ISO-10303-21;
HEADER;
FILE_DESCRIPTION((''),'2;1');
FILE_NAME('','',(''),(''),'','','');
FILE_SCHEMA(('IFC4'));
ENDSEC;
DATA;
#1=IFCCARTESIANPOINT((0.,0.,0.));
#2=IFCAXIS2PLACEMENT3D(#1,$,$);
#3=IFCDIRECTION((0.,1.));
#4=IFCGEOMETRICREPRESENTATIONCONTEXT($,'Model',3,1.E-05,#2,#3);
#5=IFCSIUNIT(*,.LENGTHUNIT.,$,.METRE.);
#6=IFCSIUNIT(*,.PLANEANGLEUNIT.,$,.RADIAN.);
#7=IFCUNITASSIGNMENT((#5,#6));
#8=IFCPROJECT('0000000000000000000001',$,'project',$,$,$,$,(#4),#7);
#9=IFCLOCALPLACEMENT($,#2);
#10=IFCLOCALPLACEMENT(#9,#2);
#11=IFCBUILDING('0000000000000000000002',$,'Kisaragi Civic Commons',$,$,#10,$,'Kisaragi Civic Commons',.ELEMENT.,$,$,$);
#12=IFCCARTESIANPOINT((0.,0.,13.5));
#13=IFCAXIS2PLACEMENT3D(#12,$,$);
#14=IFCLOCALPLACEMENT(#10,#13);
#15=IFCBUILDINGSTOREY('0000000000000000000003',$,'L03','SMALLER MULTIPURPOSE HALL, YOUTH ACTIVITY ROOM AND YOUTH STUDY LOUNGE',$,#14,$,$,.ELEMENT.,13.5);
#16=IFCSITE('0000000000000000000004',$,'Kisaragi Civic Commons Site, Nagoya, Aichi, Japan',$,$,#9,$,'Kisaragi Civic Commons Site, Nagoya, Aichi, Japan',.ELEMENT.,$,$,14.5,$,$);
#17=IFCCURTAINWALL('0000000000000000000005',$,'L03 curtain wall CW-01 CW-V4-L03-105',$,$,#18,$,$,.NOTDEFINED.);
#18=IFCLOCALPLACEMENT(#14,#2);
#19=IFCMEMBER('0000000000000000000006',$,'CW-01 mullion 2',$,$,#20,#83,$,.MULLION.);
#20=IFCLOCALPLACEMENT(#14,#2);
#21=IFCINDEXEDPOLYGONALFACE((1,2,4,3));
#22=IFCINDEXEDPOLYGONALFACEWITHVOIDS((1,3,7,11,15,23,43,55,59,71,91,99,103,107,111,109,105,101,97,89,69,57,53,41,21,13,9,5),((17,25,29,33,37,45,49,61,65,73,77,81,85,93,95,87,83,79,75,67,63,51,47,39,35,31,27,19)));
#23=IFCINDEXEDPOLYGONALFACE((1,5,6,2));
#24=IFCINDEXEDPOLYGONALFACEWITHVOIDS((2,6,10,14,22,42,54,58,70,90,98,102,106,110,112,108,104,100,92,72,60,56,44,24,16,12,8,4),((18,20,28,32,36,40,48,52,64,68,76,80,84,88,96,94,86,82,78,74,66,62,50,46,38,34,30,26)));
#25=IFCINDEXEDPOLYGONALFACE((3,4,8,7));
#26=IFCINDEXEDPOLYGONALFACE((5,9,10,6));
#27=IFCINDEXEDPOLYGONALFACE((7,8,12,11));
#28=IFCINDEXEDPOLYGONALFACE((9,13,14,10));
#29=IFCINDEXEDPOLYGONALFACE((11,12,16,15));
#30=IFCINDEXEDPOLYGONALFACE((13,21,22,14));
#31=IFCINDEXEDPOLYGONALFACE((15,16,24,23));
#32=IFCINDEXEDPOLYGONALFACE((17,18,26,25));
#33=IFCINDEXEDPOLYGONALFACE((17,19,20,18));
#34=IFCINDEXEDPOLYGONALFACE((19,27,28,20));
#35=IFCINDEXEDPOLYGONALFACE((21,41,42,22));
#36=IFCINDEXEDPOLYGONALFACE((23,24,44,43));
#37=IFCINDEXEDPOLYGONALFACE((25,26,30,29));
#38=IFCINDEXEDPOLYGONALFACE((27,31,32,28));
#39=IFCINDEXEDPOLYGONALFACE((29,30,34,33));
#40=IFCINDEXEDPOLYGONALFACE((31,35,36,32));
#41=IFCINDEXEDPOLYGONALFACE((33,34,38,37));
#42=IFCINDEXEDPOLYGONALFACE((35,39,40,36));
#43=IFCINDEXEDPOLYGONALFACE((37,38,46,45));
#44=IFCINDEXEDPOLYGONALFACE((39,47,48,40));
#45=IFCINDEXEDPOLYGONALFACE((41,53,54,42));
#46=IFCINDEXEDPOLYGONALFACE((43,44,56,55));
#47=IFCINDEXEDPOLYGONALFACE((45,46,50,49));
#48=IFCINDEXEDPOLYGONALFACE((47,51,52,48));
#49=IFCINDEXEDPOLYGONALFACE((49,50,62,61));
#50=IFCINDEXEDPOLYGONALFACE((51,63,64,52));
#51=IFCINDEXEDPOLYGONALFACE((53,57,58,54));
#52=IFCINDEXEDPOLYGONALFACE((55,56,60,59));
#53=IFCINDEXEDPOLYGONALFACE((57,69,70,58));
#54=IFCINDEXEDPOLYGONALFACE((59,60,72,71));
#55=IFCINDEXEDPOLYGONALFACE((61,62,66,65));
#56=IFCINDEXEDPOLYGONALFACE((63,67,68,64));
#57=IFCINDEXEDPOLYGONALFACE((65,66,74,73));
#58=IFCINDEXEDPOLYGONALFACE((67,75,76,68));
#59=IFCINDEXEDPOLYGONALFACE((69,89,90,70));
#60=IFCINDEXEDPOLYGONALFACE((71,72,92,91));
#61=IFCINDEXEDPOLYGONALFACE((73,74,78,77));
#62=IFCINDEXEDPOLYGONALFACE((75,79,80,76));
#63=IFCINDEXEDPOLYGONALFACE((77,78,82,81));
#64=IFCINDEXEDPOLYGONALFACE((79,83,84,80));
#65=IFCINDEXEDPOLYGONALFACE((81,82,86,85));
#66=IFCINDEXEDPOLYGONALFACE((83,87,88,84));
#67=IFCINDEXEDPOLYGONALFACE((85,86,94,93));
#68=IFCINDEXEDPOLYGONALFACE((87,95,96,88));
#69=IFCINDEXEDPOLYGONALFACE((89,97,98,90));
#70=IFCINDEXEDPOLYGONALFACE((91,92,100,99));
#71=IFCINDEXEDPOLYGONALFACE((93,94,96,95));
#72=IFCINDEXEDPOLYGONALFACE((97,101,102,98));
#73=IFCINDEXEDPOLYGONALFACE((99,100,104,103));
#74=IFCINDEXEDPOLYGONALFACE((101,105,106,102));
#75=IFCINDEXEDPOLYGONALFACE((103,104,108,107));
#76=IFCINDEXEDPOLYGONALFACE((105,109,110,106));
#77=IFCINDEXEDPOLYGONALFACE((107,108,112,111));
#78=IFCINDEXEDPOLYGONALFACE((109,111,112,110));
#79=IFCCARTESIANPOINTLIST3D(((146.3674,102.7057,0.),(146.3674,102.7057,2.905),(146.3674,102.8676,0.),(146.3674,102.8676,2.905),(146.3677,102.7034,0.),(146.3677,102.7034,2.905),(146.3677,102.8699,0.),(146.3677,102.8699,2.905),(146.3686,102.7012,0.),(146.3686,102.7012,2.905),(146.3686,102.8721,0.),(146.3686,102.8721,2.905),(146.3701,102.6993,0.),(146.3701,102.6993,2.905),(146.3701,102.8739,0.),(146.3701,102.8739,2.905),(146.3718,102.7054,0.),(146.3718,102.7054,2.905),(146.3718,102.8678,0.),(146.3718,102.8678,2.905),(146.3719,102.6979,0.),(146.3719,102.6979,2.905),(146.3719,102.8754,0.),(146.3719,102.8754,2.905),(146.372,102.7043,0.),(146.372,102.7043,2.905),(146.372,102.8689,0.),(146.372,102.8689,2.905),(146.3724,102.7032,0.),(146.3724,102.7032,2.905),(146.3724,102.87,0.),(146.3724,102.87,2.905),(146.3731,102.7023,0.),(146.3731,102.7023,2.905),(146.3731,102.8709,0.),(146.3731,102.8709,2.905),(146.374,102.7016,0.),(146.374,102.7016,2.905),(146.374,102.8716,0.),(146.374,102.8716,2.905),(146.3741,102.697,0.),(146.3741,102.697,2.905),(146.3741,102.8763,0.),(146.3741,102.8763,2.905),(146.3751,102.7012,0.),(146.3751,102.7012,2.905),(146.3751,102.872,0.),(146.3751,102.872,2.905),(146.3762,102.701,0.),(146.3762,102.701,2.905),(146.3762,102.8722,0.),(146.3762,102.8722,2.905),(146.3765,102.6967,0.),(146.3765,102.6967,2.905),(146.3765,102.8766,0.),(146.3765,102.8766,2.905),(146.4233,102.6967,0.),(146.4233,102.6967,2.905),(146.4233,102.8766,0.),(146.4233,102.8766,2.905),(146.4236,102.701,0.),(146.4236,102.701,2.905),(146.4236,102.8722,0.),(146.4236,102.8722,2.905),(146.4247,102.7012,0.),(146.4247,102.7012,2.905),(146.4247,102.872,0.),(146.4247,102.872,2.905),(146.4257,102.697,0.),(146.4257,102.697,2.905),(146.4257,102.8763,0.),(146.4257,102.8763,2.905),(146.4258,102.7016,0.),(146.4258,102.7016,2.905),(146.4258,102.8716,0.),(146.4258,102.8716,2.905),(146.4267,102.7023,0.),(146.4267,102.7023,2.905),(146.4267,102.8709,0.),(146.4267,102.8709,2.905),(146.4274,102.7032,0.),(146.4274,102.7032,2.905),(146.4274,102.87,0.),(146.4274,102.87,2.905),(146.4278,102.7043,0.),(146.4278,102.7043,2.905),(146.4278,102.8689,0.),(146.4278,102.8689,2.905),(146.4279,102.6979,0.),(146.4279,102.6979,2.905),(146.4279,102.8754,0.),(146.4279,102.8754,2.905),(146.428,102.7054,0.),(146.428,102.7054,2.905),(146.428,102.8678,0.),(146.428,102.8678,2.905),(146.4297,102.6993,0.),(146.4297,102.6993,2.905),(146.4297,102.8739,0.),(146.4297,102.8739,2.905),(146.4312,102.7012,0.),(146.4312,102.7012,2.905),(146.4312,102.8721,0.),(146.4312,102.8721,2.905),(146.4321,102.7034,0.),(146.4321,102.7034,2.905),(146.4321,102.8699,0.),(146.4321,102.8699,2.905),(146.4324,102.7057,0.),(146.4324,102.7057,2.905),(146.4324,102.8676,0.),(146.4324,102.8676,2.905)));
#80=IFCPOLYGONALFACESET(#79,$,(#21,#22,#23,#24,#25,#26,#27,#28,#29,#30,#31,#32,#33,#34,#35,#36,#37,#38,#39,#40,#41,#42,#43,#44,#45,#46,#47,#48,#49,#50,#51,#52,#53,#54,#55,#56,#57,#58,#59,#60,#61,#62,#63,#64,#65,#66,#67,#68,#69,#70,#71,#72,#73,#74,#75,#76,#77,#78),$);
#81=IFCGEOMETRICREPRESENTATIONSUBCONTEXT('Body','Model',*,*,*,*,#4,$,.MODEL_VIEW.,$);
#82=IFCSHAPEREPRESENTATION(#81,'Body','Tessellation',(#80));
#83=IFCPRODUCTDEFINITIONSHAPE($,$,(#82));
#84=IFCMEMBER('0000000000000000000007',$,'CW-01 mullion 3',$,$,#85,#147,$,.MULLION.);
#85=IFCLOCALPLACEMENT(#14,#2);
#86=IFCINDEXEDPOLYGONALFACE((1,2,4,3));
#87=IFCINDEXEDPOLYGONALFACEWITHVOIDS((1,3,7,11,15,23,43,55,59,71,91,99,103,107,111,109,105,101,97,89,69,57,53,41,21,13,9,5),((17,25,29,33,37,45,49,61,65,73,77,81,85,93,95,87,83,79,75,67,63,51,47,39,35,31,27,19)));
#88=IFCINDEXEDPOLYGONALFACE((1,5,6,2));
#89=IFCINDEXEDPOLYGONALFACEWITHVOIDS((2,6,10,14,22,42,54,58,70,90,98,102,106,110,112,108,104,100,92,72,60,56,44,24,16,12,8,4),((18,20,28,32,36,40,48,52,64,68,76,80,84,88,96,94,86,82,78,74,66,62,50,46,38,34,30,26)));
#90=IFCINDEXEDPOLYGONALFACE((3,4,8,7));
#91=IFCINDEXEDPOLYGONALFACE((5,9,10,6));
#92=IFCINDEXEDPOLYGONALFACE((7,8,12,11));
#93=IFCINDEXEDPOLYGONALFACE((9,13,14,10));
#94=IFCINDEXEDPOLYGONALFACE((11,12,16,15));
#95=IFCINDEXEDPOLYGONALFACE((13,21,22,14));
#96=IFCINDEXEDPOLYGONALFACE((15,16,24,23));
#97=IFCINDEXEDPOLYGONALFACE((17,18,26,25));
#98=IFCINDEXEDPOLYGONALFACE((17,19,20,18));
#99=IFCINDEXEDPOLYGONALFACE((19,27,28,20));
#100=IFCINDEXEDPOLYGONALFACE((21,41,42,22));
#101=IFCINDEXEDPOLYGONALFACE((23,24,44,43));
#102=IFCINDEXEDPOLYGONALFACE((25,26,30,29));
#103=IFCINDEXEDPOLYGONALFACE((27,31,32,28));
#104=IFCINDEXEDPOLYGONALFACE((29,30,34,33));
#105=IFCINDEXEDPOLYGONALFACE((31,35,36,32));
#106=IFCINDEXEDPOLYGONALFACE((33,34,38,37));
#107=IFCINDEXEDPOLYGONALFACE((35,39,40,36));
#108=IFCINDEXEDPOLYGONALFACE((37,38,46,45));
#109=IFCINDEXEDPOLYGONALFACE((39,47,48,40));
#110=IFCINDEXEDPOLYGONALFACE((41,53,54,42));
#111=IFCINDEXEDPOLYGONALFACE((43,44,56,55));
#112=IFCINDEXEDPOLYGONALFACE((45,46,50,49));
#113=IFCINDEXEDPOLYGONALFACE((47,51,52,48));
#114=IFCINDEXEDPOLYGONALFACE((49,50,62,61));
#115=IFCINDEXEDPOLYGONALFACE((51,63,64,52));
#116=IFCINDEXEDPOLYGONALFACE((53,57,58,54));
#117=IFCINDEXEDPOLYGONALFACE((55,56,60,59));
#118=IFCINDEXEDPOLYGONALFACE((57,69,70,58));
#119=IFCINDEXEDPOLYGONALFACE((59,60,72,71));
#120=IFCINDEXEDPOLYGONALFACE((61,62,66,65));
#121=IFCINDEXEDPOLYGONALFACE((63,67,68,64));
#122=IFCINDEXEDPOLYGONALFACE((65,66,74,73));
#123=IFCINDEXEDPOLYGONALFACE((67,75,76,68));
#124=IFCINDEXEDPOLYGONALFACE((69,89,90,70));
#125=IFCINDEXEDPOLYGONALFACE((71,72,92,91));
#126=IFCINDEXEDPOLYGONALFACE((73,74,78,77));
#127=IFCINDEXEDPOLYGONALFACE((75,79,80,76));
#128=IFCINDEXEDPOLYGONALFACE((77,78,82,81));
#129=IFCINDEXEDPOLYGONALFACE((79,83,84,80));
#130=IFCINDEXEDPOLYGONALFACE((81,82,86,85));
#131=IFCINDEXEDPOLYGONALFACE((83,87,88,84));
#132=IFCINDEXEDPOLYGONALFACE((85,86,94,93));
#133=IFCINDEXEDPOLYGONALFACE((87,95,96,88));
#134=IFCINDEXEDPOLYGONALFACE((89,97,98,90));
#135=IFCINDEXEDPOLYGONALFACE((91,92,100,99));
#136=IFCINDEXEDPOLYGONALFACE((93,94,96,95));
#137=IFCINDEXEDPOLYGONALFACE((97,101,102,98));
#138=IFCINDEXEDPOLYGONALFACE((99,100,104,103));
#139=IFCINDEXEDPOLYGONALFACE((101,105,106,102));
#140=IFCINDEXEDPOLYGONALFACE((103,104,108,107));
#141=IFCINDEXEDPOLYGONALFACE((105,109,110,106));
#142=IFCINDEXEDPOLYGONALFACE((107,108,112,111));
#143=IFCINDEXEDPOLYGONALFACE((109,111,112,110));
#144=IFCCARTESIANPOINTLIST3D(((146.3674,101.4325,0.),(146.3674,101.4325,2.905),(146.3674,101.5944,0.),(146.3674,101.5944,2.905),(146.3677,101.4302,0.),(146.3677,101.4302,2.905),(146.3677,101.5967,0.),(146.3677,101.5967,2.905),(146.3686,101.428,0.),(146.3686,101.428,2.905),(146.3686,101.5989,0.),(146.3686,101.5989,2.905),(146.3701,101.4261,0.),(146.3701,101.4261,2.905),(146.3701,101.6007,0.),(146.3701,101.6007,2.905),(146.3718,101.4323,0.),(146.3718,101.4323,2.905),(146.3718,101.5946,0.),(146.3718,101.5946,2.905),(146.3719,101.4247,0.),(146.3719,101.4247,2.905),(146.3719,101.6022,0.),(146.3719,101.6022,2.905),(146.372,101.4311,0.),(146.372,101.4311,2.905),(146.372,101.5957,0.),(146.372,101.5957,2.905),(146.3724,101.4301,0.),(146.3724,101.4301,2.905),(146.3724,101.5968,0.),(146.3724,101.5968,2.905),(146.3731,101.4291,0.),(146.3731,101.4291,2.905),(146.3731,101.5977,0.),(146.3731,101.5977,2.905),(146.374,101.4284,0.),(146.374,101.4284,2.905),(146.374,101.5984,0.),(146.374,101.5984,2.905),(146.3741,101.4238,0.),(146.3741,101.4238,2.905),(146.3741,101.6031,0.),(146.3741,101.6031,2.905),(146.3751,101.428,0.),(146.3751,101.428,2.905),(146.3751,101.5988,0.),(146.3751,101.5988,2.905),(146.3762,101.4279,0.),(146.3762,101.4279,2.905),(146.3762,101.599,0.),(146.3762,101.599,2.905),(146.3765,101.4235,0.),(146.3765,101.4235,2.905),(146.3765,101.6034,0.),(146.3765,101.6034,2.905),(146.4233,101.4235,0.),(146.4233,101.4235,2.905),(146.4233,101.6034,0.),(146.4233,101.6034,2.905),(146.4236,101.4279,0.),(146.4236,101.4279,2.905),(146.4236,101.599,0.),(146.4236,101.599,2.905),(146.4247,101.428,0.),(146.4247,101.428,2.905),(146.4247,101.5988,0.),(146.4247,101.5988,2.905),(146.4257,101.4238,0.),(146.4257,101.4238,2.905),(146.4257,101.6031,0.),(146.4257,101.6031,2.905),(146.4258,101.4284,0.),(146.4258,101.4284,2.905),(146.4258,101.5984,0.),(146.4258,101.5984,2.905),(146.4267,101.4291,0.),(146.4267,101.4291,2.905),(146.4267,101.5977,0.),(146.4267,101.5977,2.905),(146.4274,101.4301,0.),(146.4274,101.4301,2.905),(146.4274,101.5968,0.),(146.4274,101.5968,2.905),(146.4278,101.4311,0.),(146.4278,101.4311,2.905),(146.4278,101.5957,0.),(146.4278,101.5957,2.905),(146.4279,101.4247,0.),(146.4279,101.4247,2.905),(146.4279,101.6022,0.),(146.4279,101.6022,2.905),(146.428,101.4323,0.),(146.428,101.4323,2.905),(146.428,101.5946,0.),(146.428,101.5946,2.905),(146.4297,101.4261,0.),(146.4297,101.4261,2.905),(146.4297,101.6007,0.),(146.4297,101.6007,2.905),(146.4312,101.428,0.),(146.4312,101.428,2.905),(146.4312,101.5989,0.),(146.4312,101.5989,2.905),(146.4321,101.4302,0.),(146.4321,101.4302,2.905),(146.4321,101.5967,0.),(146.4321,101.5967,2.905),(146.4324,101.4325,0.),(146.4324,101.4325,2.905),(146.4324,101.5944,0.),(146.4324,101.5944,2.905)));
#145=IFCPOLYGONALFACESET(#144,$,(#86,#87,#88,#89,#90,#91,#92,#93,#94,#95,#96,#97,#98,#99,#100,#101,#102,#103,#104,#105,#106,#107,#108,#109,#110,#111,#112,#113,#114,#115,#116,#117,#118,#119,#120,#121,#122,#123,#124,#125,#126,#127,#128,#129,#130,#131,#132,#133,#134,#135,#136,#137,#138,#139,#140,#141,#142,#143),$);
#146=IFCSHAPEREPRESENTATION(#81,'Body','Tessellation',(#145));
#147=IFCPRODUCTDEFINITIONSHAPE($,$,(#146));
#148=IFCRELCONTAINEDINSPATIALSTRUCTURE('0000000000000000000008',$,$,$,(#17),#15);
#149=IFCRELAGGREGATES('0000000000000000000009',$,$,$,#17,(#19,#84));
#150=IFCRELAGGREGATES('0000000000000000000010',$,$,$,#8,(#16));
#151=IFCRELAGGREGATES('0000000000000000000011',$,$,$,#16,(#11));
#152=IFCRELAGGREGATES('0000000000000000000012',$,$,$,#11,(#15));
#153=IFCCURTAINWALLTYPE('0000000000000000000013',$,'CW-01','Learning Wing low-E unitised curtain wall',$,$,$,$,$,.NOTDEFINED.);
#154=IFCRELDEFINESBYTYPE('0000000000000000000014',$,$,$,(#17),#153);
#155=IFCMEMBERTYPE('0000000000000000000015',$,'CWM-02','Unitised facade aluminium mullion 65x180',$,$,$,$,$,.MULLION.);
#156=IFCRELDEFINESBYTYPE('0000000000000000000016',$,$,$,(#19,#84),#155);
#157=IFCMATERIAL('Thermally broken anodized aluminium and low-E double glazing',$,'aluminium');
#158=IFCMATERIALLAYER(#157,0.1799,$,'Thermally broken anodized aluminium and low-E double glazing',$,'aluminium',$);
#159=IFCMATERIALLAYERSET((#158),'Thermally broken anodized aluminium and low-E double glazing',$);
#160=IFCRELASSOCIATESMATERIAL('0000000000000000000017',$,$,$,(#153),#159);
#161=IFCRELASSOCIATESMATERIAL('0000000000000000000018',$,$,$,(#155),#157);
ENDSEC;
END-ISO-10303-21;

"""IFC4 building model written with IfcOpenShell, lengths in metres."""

from ifc_helpers import new_model, si_unit, direction, frame, origin, origin_2d, place, context, subcontext, project, spatial, hollow_rectangle, extrude, material, layer, layer_set, material_profile, profile_set, type_object, element, aggregate, save


model = new_model("IFC4")

# Units and contexts
model_context = context("Model", 3, precision=1e-05, world=origin(), true_north=direction((0.0, 1.0)))
body_context = subcontext(model_context, "Body", "Model", "MODEL_VIEW")
ifc_project = project(units=[si_unit("LENGTHUNIT", "METRE"), si_unit("PLANEANGLEUNIT", "RADIAN")], contexts=[model_context])

# Site, building, storey
site_placement = place(None, origin())
site = spatial("IfcSite", under=ifc_project, at=site_placement, Name="Kisaragi Civic Commons Site, Nagoya, Aichi, Japan", LongName="Kisaragi Civic Commons Site, Nagoya, Aichi, Japan", CompositionType="ELEMENT", RefElevation=14.5)
building_placement = place(site_placement, origin())
building = spatial("IfcBuilding", under=site, at=building_placement, Name="Kisaragi Civic Commons", LongName="Kisaragi Civic Commons", CompositionType="ELEMENT")
storey_placement = place(building_placement, frame((0.0, 0.0, 13.5)))
storey = spatial("IfcBuildingStorey", under=building, at=storey_placement, Name="L03", Description="SMALLER MULTIPURPOSE HALL, YOUTH ACTIVITY ROOM AND YOUTH STUDY LOUNGE", CompositionType="ELEMENT", Elevation=13.5)

# Curtain wall, members
ifc_material_1 = material(Name="Thermally broken anodized aluminium and low-E double glazing", Category="aluminium")
ifc_layer_1 = layer(ifc_material_1, 0.1799, Name="Thermally broken anodized aluminium and low-E double glazing", Category="aluminium")
ifc_layer_set_1 = layer_set([ifc_layer_1], Name="Thermally broken anodized aluminium and low-E double glazing")
curtain_wall_type = type_object("IfcCurtainWallType", Name="CW-01", Description="Learning Wing low-E unitised curtain wall", PredefinedType="NOTDEFINED", material=ifc_layer_set_1)
curtain_wall_placement = place(storey_placement, origin())
curtain_wall = element("IfcCurtainWall", 1, at=curtain_wall_placement, inside=storey, type_object=curtain_wall_type, Name="L03 curtain wall CW-01 CW-V4-L03-105", PredefinedType="NOTDEFINED")
ifc_material_profile_1 = material_profile(ifc_material_1, hollow_rectangle(XDim=0.0649, YDim=0.1799, WallThickness=0.0044, InnerFilletRadius=0.0044, OuterFilletRadius=0.009, at=origin_2d()), Name="CWM-65x180x4.5", Category="aluminium")
ifc_profile_set_1 = profile_set([ifc_material_profile_1], Name="Thermally broken anodized aluminium and low-E double glazing")
member_type_1 = type_object("IfcMemberType", Name="CWM-02", Description="Unitised facade aluminium mullion 65x180", PredefinedType="MULLION", material=ifc_profile_set_1)
member_1_placement = place(storey_placement, frame((146.3999, 102.7866, 0.0), z_axis=(0.0, 0.0, 1.0), x_axis=(1.0, 0.0, 0.0)))
member_1 = element("IfcMember", 2, at=member_1_placement, type_object=member_type_1, Name="CW-01 mullion 2", PredefinedType="MULLION", context=body_context, shape_type="SweptSolid", body=[
    extrude(hollow_rectangle(XDim=0.0649, YDim=0.1799, WallThickness=0.0044, InnerFilletRadius=0.0044, OuterFilletRadius=0.009, at=origin_2d()), origin(), (0.0, 0.0, 1.0), 2.905),
])
member_2_placement = place(storey_placement, frame((146.3999, 101.5134, 0.0), z_axis=(0.0, 0.0, 1.0), x_axis=(1.0, 0.0, 0.0)))
member_2 = element("IfcMember", 3, at=member_2_placement, type_object=member_type_1, Name="CW-01 mullion 3", PredefinedType="MULLION", context=body_context, shape_type="SweptSolid", body=[
    extrude(hollow_rectangle(XDim=0.0649, YDim=0.1799, WallThickness=0.0044, InnerFilletRadius=0.0044, OuterFilletRadius=0.009, at=origin_2d()), origin(), (0.0, 0.0, 1.0), 2.905),
])
aggregate(curtain_wall, [member_1, member_2])

save(model, "model.ifc")
